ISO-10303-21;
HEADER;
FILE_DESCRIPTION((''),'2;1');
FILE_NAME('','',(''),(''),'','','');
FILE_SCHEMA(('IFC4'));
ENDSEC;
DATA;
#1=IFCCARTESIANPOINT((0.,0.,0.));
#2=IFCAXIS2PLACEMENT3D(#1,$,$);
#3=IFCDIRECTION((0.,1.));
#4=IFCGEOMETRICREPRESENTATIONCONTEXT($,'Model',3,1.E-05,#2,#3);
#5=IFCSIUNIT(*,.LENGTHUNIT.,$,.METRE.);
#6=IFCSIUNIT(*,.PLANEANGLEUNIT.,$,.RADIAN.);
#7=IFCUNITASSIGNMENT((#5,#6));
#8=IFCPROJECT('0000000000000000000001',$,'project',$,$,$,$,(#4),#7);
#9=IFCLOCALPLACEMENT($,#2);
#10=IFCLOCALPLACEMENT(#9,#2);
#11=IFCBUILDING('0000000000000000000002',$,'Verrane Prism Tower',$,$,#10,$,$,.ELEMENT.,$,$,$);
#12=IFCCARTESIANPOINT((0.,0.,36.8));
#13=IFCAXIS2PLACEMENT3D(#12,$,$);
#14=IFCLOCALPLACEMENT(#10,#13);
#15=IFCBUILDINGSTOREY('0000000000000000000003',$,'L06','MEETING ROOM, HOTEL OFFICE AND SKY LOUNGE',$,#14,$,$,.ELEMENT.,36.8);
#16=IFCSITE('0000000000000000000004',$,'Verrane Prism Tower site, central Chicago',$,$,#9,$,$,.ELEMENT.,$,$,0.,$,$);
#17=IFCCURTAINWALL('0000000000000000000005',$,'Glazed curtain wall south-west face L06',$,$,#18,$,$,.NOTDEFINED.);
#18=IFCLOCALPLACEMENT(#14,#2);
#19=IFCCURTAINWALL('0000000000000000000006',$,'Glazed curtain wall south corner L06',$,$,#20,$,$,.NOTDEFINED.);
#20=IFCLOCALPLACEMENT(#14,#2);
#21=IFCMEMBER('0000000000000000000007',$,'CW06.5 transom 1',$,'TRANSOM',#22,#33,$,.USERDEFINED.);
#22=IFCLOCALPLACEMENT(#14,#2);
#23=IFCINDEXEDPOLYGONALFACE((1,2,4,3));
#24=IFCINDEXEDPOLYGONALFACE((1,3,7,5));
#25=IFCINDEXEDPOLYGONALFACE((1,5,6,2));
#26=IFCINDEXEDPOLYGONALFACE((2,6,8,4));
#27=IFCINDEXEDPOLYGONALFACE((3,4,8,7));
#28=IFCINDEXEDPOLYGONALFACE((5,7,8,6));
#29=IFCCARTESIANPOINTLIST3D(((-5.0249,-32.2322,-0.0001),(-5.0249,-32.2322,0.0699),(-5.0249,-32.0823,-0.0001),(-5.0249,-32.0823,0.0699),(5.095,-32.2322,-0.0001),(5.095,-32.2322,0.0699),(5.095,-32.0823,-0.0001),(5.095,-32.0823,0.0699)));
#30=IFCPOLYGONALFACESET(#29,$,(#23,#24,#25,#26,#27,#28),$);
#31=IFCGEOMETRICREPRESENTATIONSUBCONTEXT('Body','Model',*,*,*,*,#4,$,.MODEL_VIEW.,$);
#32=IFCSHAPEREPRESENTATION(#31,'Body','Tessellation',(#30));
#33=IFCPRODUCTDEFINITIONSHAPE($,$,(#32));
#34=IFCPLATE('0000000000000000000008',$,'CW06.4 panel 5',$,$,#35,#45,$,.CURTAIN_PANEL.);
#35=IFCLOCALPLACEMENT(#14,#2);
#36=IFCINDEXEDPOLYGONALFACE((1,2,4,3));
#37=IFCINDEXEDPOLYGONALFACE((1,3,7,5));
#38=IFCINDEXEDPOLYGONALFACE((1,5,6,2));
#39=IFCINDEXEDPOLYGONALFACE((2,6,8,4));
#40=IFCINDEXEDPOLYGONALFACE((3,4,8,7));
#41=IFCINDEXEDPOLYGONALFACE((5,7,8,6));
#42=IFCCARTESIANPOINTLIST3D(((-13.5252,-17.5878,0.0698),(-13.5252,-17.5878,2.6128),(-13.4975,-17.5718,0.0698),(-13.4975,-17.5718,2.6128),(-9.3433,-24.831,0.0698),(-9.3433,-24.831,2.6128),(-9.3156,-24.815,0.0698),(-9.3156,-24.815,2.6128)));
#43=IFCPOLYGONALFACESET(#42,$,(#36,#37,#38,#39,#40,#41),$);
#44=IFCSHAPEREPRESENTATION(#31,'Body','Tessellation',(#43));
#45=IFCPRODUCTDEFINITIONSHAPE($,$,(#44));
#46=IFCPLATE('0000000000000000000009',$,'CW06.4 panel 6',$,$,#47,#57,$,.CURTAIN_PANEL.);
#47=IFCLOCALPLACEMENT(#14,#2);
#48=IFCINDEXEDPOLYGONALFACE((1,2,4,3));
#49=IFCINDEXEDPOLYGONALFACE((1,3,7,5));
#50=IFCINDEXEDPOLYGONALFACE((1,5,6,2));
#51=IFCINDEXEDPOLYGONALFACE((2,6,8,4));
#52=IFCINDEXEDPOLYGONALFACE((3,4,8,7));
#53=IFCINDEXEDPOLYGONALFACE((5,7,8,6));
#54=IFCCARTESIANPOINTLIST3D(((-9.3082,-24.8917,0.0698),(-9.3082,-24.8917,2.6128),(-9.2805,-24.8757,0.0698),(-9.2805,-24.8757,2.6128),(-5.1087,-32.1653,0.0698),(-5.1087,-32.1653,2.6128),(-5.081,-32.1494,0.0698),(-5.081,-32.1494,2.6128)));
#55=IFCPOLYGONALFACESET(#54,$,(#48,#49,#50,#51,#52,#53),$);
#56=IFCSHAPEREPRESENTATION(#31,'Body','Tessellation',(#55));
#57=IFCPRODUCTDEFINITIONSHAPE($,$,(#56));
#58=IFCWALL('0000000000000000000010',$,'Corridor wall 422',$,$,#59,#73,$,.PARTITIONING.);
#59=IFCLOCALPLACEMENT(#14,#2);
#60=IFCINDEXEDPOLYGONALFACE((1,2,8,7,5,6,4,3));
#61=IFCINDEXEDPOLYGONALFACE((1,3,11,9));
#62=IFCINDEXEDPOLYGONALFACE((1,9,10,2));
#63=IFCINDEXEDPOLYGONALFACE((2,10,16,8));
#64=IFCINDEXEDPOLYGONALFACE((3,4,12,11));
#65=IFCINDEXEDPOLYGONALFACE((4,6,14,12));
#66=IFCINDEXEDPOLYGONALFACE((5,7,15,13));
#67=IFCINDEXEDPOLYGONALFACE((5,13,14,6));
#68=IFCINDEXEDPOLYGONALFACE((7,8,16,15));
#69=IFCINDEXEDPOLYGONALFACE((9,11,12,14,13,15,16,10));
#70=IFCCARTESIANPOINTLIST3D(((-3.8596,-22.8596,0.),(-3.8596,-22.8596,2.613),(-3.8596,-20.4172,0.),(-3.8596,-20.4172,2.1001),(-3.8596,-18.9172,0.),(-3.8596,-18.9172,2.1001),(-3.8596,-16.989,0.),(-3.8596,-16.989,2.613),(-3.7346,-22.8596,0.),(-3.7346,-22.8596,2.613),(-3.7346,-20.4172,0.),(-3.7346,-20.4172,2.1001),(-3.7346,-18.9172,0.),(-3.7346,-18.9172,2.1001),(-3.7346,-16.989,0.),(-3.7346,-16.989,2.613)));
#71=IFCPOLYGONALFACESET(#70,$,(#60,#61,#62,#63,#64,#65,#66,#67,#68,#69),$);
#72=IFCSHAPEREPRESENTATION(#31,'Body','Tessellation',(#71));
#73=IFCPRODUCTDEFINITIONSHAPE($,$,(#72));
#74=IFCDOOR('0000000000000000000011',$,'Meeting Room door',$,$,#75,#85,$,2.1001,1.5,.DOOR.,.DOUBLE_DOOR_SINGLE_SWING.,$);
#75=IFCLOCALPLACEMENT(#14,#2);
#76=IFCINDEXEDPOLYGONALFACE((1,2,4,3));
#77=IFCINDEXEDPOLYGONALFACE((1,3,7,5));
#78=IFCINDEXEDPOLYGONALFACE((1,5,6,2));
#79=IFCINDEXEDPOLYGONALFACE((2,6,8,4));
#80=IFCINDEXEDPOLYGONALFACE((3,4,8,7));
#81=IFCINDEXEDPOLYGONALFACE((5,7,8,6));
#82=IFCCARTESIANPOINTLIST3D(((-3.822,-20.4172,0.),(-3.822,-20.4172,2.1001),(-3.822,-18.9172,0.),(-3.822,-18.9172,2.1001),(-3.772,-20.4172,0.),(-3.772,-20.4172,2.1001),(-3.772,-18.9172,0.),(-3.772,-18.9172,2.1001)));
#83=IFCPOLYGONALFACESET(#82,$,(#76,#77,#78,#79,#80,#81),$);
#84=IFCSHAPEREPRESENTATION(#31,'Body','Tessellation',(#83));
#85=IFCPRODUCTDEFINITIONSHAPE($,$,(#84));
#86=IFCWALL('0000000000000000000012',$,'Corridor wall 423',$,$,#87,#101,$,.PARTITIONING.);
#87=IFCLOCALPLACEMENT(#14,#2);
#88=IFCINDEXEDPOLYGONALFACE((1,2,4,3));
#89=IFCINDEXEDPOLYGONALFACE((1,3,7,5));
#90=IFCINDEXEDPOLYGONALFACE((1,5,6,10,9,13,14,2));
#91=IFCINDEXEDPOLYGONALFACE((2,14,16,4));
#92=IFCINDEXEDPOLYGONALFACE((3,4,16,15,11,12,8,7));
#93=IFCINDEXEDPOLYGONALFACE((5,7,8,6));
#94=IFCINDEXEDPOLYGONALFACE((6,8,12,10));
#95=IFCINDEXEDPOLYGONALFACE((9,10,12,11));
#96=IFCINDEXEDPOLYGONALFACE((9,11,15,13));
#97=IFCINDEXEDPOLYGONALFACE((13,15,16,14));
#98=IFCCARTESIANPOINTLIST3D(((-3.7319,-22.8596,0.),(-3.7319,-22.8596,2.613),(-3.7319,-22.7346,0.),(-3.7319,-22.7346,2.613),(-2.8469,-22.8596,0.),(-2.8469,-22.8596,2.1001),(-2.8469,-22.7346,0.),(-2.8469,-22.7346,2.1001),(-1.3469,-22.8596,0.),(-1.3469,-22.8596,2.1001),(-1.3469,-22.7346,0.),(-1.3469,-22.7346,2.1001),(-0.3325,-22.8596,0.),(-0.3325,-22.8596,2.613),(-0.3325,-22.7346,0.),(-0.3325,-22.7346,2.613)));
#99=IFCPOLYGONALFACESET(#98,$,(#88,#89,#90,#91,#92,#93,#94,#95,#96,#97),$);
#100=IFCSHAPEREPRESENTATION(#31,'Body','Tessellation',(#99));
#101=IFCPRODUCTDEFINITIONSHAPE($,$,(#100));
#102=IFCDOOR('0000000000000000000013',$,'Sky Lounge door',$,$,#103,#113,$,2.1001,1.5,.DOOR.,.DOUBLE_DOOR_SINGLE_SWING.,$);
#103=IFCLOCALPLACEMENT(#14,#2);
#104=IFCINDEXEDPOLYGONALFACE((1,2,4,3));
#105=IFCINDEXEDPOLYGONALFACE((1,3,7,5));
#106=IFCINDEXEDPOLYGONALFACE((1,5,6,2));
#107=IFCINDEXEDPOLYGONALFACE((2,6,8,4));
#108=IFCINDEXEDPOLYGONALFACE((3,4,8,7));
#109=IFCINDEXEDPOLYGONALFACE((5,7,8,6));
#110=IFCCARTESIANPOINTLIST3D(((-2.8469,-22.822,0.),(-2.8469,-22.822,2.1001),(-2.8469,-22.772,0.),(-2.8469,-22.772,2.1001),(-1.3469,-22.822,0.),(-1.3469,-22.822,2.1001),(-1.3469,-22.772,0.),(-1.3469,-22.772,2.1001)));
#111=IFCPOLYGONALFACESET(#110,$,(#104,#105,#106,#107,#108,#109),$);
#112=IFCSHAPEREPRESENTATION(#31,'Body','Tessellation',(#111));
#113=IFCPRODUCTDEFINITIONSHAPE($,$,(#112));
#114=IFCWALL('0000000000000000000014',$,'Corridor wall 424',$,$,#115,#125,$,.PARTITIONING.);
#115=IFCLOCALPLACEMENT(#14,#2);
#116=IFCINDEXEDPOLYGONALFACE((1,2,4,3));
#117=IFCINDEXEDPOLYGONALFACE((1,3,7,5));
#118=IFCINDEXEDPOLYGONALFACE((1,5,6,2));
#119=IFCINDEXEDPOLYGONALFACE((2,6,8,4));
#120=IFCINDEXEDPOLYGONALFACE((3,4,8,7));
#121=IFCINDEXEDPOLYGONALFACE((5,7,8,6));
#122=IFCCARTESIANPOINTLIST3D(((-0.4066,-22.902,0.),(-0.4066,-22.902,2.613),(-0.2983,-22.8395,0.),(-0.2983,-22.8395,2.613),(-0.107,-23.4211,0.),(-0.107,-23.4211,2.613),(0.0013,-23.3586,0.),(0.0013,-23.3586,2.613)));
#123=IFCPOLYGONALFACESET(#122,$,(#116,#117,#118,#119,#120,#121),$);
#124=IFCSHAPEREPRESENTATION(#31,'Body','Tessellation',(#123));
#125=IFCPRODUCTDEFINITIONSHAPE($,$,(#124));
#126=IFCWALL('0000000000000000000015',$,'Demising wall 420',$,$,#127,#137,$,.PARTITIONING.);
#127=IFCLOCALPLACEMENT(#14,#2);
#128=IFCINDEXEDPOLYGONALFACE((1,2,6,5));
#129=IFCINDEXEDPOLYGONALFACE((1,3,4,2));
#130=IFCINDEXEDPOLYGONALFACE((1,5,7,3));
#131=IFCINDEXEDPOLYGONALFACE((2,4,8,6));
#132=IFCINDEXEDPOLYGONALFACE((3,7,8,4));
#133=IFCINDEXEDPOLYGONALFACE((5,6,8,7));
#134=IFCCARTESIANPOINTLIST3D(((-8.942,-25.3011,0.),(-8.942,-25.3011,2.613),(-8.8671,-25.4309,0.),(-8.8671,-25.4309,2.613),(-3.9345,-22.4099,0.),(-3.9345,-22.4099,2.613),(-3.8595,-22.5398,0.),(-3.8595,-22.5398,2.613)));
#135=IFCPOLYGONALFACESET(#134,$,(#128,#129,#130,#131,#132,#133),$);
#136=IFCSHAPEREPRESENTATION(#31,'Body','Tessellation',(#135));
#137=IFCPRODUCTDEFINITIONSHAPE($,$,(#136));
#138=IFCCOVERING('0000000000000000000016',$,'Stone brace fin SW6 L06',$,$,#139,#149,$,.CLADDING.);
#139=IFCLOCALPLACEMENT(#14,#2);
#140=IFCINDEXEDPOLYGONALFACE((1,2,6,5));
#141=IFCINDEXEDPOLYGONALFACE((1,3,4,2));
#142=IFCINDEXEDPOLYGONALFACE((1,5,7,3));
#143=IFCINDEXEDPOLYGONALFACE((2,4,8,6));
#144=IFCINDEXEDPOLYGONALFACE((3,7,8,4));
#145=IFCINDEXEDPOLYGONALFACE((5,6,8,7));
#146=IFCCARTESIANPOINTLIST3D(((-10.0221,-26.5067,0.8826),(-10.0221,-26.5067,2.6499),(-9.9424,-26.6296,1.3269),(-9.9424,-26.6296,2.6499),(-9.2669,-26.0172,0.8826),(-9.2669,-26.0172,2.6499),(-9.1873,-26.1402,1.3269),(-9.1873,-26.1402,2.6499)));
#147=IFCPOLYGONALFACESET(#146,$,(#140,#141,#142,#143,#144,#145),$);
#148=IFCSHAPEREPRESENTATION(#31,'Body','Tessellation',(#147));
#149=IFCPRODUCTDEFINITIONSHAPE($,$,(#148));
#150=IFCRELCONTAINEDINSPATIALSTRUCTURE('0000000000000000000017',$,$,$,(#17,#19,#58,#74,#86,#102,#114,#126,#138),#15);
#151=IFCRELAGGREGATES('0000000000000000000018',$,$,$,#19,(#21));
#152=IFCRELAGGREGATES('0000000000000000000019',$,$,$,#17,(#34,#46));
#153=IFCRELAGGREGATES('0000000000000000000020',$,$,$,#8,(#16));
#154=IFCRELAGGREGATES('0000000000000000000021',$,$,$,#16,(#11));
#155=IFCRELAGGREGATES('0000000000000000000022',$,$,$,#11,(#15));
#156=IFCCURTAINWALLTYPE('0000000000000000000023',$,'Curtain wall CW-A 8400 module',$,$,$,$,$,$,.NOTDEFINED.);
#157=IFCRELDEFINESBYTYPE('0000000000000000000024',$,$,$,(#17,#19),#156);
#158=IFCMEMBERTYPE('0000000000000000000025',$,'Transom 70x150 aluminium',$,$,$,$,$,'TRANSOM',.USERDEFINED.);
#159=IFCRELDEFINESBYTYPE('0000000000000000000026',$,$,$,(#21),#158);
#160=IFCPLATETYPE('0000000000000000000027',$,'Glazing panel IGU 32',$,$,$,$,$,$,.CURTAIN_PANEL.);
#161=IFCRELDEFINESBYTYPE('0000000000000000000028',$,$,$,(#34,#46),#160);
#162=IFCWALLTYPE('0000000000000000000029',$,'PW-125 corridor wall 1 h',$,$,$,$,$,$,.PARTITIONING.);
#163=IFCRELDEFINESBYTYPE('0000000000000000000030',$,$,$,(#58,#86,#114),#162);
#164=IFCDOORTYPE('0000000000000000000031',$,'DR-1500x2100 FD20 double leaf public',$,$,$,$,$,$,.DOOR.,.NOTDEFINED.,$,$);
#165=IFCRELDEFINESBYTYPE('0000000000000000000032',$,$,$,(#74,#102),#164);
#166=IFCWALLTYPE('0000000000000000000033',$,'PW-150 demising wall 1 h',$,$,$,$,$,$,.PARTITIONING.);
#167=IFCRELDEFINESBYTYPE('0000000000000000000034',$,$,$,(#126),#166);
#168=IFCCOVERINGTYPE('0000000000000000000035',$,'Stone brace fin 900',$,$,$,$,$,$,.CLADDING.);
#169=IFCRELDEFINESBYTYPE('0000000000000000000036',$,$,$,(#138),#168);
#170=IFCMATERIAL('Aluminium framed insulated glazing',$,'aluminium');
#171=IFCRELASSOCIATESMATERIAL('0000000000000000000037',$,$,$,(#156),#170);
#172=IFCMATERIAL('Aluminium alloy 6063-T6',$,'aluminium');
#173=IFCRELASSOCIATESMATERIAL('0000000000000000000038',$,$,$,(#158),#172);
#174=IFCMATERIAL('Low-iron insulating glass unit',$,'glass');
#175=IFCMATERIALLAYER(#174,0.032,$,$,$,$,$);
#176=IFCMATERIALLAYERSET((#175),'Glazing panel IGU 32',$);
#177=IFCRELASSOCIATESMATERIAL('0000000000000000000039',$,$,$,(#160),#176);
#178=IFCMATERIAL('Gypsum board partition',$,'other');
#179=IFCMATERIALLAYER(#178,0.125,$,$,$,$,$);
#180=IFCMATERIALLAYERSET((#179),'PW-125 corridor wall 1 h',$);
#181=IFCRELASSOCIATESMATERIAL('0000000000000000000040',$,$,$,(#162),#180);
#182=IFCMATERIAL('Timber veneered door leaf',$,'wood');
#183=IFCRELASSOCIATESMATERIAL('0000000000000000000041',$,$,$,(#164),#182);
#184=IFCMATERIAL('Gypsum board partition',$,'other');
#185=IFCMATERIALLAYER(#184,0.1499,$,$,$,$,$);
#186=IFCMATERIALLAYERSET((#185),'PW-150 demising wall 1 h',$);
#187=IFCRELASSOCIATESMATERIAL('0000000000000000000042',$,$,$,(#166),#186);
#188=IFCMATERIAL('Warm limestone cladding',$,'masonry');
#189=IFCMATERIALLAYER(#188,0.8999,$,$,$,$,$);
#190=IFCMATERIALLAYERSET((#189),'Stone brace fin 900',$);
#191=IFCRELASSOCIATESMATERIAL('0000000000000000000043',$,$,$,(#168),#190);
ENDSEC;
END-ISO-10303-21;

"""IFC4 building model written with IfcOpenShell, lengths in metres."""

from ifc_helpers import new_model, si_unit, direction, frame, frame_2d, origin, origin_2d, place, context, subcontext, project, spatial, polyline, rectangle, outline, extrude, material, layer, layer_set, material_profile, profile_set, type_object, element, fill, aggregate, save


model = new_model("IFC4")

# Units and contexts
model_context = context("Model", 3, precision=1e-05, world=origin(), true_north=direction((0.0, 1.0)))
body_context = subcontext(model_context, "Body", "Model", "MODEL_VIEW")
ifc_project = project(units=[si_unit("LENGTHUNIT", "METRE"), si_unit("PLANEANGLEUNIT", "RADIAN")], contexts=[model_context])

# Site, building, storey
site_placement = place(None, origin())
site = spatial("IfcSite", under=ifc_project, at=site_placement, Name="Verrane Prism Tower site, central Chicago", CompositionType="ELEMENT", RefElevation=0.0)
building_placement = place(site_placement, origin())
building = spatial("IfcBuilding", under=site, at=building_placement, Name="Verrane Prism Tower", CompositionType="ELEMENT")
storey_placement = place(building_placement, frame((0.0, 0.0, 36.8)))
storey = spatial("IfcBuildingStorey", under=building, at=storey_placement, Name="L06", Description="MEETING ROOM, HOTEL OFFICE AND SKY LOUNGE", CompositionType="ELEMENT", Elevation=36.8)

# Curtain walls
ifc_material_1 = material(Name="Aluminium framed insulated glazing", Category="aluminium")
curtain_wall_type = type_object("IfcCurtainWallType", Name="Curtain wall CW-A 8400 module", PredefinedType="NOTDEFINED", material=ifc_material_1)
curtain_wall_1_placement = place(storey_placement, origin())
curtain_wall_1 = element("IfcCurtainWall", 1, at=curtain_wall_1_placement, inside=storey, type_object=curtain_wall_type, Name="Glazed curtain wall south-west face L06", PredefinedType="NOTDEFINED")
curtain_wall_2_placement = place(storey_placement, origin())
curtain_wall_2 = element("IfcCurtainWall", 2, at=curtain_wall_2_placement, inside=storey, type_object=curtain_wall_type, Name="Glazed curtain wall south corner L06", PredefinedType="NOTDEFINED")

# Member
ifc_material_2 = material(Name="Aluminium alloy 6063-T6", Category="aluminium")
ifc_material_profile_1 = material_profile(ifc_material_2, rectangle(XDim=0.1499, YDim=0.0701, at=origin_2d()), Name="Transom 70x150 aluminium")
ifc_profile_set_1 = profile_set([ifc_material_profile_1], Name="Aluminium alloy 6063-T6")
member_type_1 = type_object("IfcMemberType", Name="Transom 70x150 aluminium", ElementType="TRANSOM", PredefinedType="USERDEFINED", material=ifc_profile_set_1)
member_1_placement = place(storey_placement, frame((-5.0249, -32.1572, 0.0349), z_axis=(1.0, 0.0, 0.0), x_axis=(0.0, 1.0, 0.0)))
member_1 = element("IfcMember", 3, at=member_1_placement, type_object=member_type_1, Name="CW06.5 transom 1", ObjectType="TRANSOM", PredefinedType="USERDEFINED", context=body_context, shape_type="SweptSolid", body=[
    extrude(rectangle(XDim=0.1499, YDim=0.0701, at=origin_2d()), origin(), (0.0, 0.0, 1.0), 10.1199),
])
aggregate(curtain_wall_2, [member_1])

# Plates
ifc_material_3 = material(Name="Low-iron insulating glass unit", Category="glass")
ifc_layer_1 = layer(ifc_material_3, 0.032)
ifc_layer_set_1 = layer_set([ifc_layer_1], Name="Glazing panel IGU 32")
plate_type = type_object("IfcPlateType", Name="Glazing panel IGU 32", PredefinedType="CURTAIN_PANEL", material=ifc_layer_set_1)
plate_1_placement = place(storey_placement, frame((-11.4204, -21.2014, 0.0698), z_axis=(0.0, 0.0, 1.0), x_axis=(0.5, -0.866025, 0.0)))
plate_1 = element("IfcPlate", 4, at=plate_1_placement, type_object=plate_type, Name="CW06.4 panel 5", PredefinedType="CURTAIN_PANEL", context=body_context, shape_type="SweptSolid", body=[
    extrude(rectangle(XDim=8.3638, YDim=0.032, at=origin_2d()), origin(), (0.0, 0.0, 1.0), 2.543),
])
plate_2_placement = place(storey_placement, frame((-7.1946, -28.5205, 0.0698), z_axis=(0.0, 0.0, 1.0), x_axis=(0.5, -0.866025, 0.0)))
plate_2 = element("IfcPlate", 5, at=plate_2_placement, type_object=plate_type, Name="CW06.4 panel 6", PredefinedType="CURTAIN_PANEL", context=body_context, shape_type="SweptSolid", body=[
    extrude(rectangle(XDim=8.3989, YDim=0.032, at=origin_2d()), origin(), (0.0, 0.0, 1.0), 2.543),
])
aggregate(curtain_wall_1, [plate_1, plate_2])

# Walls, openings, doors
ifc_material_4 = material(Name="Gypsum board partition", Category="other")
ifc_layer_2 = layer(ifc_material_4, 0.125)
ifc_layer_set_2 = layer_set([ifc_layer_2], Name="PW-125 corridor wall 1 h")
wall_type_1 = type_object("IfcWallType", Name="PW-125 corridor wall 1 h", PredefinedType="PARTITIONING", material=ifc_layer_set_2)
wall_1_placement = place(storey_placement, frame((-3.7971, -22.8596, 0.0), z_axis=(0.0, 0.0, 1.0), x_axis=(0.0, 1.0, 0.0)))
wall_1 = element("IfcWall", 6, at=wall_1_placement, inside=storey, type_object=wall_type_1, Name="Corridor wall 422", PredefinedType="PARTITIONING", context=body_context, shape_type="SweptSolid", body=[
    extrude(rectangle(XDim=5.8706, YDim=0.125, at=frame_2d((2.9353, 0.0))), origin(), (0.0, 0.0, 1.0), 2.613),
])
opening_1_placement = place(wall_1_placement, frame((2.4424, 0.0, 0.0)))
opening_1 = element("IfcOpeningElement", 7, at=opening_1_placement, cuts=wall_1, PredefinedType="OPENING", context=body_context, shape_type="SweptSolid", body=[
    extrude(rectangle(XDim=1.5, YDim=2.1001, at=frame_2d((0.75, 1.05))), frame((0.0, 0.0725, 0.0), z_axis=(0.0, -1.0, 0.0), x_axis=(1.0, 0.0, 0.0)), (0.0, 0.0, 1.0), 0.145),
])
ifc_material_5 = material(Name="Timber veneered door leaf", Category="wood")
door_type = type_object("IfcDoorType", Name="DR-1500x2100 FD20 double leaf public", OperationType="NOTDEFINED", PredefinedType="DOOR", material=ifc_material_5)
door_1_placement = place(opening_1_placement, origin())
door_1 = element("IfcDoor", 8, at=door_1_placement, inside=storey, type_object=door_type, Name="Meeting Room door", OperationType="DOUBLE_DOOR_SINGLE_SWING", OverallHeight=2.1001, OverallWidth=1.5, PredefinedType="DOOR", context=body_context, shape_type="SweptSolid", body=[
    extrude(rectangle(XDim=1.5, YDim=2.1001, at=frame_2d((0.75, 1.05))), frame((0.0, 0.0249, 0.0), z_axis=(0.0, -1.0, 0.0), x_axis=(1.0, 0.0, 0.0)), (0.0, 0.0, 1.0), 0.05),
])
fill(opening_1, door_1)
wall_2_placement = place(storey_placement, frame((-0.3325, -22.7971, 0.0), z_axis=(0.0, 0.0, 1.0), x_axis=(-1.0, 0.0, 0.0)))
wall_2 = element("IfcWall", 9, at=wall_2_placement, inside=storey, type_object=wall_type_1, Name="Corridor wall 423", PredefinedType="PARTITIONING", context=body_context, shape_type="SweptSolid", body=[
    extrude(rectangle(XDim=3.3994, YDim=0.125, at=frame_2d((1.6997, 0.0))), origin(), (0.0, 0.0, 1.0), 2.613),
])
opening_2_placement = place(wall_2_placement, frame((1.0144, 0.0, 0.0)))
opening_2 = element("IfcOpeningElement", 10, at=opening_2_placement, cuts=wall_2, PredefinedType="OPENING", context=body_context, shape_type="SweptSolid", body=[
    extrude(rectangle(XDim=1.5, YDim=2.1001, at=frame_2d((0.75, 1.05))), frame((0.0, 0.0725, 0.0), z_axis=(0.0, -1.0, 0.0), x_axis=(1.0, 0.0, 0.0)), (0.0, 0.0, 1.0), 0.145),
])
door_2_placement = place(opening_2_placement, origin())
door_2 = element("IfcDoor", 11, at=door_2_placement, inside=storey, type_object=door_type, Name="Sky Lounge door", OperationType="DOUBLE_DOOR_SINGLE_SWING", OverallHeight=2.1001, OverallWidth=1.5, PredefinedType="DOOR", context=body_context, shape_type="SweptSolid", body=[
    extrude(rectangle(XDim=1.5, YDim=2.1001, at=frame_2d((0.75, 1.05))), frame((0.0, 0.0249, 0.0), z_axis=(0.0, -1.0, 0.0), x_axis=(1.0, 0.0, 0.0)), (0.0, 0.0, 1.0), 0.05),
])
fill(opening_2, door_2)

# Walls
wall_3_placement = place(storey_placement, frame((-0.3525, -22.8706, 0.0), z_axis=(0.0, 0.0, 1.0), x_axis=(0.499864, -0.866104, 0.0)))
element("IfcWall", 12, at=wall_3_placement, inside=storey, type_object=wall_type_1, Name="Corridor wall 424", PredefinedType="PARTITIONING", context=body_context, shape_type="SweptSolid", body=[
    extrude(rectangle(XDim=0.5994, YDim=0.125, at=frame_2d((0.2998, 0.0))), origin(), (0.0, 0.0, 1.0), 2.613),
])
ifc_material_6 = material(Name="Gypsum board partition", Category="other")
ifc_layer_3 = layer(ifc_material_6, 0.1499)
ifc_layer_set_3 = layer_set([ifc_layer_3], Name="PW-150 demising wall 1 h")
wall_type_2 = type_object("IfcWallType", Name="PW-150 demising wall 1 h", PredefinedType="PARTITIONING", material=ifc_layer_set_3)
wall_4_placement = place(storey_placement, frame((-8.9045, -25.366, 0.0), z_axis=(0.0, 0.0, 1.0), x_axis=(0.866026, 0.499999, 0.0)))
element("IfcWall", 13, at=wall_4_placement, inside=storey, type_object=wall_type_2, Name="Demising wall 420", PredefinedType="PARTITIONING", context=body_context, shape_type="SweptSolid", body=[
    extrude(rectangle(XDim=5.7822, YDim=0.1499, at=frame_2d((2.8911, 0.0))), origin(), (0.0, 0.0, 1.0), 2.613),
])

# Covering
ifc_material_7 = material(Name="Warm limestone cladding", Category="masonry")
ifc_layer_4 = layer(ifc_material_7, 0.8999)
ifc_layer_set_4 = layer_set([ifc_layer_4], Name="Stone brace fin 900")
covering_type = type_object("IfcCoveringType", Name="Stone brace fin 900", PredefinedType="CLADDING", material=ifc_layer_set_4)
covering_placement = place(storey_placement, frame((-9.6445, -26.262, 0.8826), z_axis=(0.0, 0.0, 1.0), x_axis=(0.543874, -0.839167, 0.0)))
element("IfcCovering", 14, at=covering_placement, inside=storey, type_object=covering_type, Name="Stone brace fin SW6 L06", PredefinedType="CLADDING", context=body_context, shape_type="SweptSolid", body=[
    extrude(outline(polyline([(0.1465, 1.7673), (0.0, 1.7673), (0.0, 0.0), (0.1465, 0.4443), (0.1465, 1.7673)])), frame((0.0, 0.45, 0.0), z_axis=(0.0, -1.0, 0.0), x_axis=(1.0, 0.0, 0.0)), (0.0, 0.0, 1.0), 0.8999),
])

save(model, "model.ifc")
